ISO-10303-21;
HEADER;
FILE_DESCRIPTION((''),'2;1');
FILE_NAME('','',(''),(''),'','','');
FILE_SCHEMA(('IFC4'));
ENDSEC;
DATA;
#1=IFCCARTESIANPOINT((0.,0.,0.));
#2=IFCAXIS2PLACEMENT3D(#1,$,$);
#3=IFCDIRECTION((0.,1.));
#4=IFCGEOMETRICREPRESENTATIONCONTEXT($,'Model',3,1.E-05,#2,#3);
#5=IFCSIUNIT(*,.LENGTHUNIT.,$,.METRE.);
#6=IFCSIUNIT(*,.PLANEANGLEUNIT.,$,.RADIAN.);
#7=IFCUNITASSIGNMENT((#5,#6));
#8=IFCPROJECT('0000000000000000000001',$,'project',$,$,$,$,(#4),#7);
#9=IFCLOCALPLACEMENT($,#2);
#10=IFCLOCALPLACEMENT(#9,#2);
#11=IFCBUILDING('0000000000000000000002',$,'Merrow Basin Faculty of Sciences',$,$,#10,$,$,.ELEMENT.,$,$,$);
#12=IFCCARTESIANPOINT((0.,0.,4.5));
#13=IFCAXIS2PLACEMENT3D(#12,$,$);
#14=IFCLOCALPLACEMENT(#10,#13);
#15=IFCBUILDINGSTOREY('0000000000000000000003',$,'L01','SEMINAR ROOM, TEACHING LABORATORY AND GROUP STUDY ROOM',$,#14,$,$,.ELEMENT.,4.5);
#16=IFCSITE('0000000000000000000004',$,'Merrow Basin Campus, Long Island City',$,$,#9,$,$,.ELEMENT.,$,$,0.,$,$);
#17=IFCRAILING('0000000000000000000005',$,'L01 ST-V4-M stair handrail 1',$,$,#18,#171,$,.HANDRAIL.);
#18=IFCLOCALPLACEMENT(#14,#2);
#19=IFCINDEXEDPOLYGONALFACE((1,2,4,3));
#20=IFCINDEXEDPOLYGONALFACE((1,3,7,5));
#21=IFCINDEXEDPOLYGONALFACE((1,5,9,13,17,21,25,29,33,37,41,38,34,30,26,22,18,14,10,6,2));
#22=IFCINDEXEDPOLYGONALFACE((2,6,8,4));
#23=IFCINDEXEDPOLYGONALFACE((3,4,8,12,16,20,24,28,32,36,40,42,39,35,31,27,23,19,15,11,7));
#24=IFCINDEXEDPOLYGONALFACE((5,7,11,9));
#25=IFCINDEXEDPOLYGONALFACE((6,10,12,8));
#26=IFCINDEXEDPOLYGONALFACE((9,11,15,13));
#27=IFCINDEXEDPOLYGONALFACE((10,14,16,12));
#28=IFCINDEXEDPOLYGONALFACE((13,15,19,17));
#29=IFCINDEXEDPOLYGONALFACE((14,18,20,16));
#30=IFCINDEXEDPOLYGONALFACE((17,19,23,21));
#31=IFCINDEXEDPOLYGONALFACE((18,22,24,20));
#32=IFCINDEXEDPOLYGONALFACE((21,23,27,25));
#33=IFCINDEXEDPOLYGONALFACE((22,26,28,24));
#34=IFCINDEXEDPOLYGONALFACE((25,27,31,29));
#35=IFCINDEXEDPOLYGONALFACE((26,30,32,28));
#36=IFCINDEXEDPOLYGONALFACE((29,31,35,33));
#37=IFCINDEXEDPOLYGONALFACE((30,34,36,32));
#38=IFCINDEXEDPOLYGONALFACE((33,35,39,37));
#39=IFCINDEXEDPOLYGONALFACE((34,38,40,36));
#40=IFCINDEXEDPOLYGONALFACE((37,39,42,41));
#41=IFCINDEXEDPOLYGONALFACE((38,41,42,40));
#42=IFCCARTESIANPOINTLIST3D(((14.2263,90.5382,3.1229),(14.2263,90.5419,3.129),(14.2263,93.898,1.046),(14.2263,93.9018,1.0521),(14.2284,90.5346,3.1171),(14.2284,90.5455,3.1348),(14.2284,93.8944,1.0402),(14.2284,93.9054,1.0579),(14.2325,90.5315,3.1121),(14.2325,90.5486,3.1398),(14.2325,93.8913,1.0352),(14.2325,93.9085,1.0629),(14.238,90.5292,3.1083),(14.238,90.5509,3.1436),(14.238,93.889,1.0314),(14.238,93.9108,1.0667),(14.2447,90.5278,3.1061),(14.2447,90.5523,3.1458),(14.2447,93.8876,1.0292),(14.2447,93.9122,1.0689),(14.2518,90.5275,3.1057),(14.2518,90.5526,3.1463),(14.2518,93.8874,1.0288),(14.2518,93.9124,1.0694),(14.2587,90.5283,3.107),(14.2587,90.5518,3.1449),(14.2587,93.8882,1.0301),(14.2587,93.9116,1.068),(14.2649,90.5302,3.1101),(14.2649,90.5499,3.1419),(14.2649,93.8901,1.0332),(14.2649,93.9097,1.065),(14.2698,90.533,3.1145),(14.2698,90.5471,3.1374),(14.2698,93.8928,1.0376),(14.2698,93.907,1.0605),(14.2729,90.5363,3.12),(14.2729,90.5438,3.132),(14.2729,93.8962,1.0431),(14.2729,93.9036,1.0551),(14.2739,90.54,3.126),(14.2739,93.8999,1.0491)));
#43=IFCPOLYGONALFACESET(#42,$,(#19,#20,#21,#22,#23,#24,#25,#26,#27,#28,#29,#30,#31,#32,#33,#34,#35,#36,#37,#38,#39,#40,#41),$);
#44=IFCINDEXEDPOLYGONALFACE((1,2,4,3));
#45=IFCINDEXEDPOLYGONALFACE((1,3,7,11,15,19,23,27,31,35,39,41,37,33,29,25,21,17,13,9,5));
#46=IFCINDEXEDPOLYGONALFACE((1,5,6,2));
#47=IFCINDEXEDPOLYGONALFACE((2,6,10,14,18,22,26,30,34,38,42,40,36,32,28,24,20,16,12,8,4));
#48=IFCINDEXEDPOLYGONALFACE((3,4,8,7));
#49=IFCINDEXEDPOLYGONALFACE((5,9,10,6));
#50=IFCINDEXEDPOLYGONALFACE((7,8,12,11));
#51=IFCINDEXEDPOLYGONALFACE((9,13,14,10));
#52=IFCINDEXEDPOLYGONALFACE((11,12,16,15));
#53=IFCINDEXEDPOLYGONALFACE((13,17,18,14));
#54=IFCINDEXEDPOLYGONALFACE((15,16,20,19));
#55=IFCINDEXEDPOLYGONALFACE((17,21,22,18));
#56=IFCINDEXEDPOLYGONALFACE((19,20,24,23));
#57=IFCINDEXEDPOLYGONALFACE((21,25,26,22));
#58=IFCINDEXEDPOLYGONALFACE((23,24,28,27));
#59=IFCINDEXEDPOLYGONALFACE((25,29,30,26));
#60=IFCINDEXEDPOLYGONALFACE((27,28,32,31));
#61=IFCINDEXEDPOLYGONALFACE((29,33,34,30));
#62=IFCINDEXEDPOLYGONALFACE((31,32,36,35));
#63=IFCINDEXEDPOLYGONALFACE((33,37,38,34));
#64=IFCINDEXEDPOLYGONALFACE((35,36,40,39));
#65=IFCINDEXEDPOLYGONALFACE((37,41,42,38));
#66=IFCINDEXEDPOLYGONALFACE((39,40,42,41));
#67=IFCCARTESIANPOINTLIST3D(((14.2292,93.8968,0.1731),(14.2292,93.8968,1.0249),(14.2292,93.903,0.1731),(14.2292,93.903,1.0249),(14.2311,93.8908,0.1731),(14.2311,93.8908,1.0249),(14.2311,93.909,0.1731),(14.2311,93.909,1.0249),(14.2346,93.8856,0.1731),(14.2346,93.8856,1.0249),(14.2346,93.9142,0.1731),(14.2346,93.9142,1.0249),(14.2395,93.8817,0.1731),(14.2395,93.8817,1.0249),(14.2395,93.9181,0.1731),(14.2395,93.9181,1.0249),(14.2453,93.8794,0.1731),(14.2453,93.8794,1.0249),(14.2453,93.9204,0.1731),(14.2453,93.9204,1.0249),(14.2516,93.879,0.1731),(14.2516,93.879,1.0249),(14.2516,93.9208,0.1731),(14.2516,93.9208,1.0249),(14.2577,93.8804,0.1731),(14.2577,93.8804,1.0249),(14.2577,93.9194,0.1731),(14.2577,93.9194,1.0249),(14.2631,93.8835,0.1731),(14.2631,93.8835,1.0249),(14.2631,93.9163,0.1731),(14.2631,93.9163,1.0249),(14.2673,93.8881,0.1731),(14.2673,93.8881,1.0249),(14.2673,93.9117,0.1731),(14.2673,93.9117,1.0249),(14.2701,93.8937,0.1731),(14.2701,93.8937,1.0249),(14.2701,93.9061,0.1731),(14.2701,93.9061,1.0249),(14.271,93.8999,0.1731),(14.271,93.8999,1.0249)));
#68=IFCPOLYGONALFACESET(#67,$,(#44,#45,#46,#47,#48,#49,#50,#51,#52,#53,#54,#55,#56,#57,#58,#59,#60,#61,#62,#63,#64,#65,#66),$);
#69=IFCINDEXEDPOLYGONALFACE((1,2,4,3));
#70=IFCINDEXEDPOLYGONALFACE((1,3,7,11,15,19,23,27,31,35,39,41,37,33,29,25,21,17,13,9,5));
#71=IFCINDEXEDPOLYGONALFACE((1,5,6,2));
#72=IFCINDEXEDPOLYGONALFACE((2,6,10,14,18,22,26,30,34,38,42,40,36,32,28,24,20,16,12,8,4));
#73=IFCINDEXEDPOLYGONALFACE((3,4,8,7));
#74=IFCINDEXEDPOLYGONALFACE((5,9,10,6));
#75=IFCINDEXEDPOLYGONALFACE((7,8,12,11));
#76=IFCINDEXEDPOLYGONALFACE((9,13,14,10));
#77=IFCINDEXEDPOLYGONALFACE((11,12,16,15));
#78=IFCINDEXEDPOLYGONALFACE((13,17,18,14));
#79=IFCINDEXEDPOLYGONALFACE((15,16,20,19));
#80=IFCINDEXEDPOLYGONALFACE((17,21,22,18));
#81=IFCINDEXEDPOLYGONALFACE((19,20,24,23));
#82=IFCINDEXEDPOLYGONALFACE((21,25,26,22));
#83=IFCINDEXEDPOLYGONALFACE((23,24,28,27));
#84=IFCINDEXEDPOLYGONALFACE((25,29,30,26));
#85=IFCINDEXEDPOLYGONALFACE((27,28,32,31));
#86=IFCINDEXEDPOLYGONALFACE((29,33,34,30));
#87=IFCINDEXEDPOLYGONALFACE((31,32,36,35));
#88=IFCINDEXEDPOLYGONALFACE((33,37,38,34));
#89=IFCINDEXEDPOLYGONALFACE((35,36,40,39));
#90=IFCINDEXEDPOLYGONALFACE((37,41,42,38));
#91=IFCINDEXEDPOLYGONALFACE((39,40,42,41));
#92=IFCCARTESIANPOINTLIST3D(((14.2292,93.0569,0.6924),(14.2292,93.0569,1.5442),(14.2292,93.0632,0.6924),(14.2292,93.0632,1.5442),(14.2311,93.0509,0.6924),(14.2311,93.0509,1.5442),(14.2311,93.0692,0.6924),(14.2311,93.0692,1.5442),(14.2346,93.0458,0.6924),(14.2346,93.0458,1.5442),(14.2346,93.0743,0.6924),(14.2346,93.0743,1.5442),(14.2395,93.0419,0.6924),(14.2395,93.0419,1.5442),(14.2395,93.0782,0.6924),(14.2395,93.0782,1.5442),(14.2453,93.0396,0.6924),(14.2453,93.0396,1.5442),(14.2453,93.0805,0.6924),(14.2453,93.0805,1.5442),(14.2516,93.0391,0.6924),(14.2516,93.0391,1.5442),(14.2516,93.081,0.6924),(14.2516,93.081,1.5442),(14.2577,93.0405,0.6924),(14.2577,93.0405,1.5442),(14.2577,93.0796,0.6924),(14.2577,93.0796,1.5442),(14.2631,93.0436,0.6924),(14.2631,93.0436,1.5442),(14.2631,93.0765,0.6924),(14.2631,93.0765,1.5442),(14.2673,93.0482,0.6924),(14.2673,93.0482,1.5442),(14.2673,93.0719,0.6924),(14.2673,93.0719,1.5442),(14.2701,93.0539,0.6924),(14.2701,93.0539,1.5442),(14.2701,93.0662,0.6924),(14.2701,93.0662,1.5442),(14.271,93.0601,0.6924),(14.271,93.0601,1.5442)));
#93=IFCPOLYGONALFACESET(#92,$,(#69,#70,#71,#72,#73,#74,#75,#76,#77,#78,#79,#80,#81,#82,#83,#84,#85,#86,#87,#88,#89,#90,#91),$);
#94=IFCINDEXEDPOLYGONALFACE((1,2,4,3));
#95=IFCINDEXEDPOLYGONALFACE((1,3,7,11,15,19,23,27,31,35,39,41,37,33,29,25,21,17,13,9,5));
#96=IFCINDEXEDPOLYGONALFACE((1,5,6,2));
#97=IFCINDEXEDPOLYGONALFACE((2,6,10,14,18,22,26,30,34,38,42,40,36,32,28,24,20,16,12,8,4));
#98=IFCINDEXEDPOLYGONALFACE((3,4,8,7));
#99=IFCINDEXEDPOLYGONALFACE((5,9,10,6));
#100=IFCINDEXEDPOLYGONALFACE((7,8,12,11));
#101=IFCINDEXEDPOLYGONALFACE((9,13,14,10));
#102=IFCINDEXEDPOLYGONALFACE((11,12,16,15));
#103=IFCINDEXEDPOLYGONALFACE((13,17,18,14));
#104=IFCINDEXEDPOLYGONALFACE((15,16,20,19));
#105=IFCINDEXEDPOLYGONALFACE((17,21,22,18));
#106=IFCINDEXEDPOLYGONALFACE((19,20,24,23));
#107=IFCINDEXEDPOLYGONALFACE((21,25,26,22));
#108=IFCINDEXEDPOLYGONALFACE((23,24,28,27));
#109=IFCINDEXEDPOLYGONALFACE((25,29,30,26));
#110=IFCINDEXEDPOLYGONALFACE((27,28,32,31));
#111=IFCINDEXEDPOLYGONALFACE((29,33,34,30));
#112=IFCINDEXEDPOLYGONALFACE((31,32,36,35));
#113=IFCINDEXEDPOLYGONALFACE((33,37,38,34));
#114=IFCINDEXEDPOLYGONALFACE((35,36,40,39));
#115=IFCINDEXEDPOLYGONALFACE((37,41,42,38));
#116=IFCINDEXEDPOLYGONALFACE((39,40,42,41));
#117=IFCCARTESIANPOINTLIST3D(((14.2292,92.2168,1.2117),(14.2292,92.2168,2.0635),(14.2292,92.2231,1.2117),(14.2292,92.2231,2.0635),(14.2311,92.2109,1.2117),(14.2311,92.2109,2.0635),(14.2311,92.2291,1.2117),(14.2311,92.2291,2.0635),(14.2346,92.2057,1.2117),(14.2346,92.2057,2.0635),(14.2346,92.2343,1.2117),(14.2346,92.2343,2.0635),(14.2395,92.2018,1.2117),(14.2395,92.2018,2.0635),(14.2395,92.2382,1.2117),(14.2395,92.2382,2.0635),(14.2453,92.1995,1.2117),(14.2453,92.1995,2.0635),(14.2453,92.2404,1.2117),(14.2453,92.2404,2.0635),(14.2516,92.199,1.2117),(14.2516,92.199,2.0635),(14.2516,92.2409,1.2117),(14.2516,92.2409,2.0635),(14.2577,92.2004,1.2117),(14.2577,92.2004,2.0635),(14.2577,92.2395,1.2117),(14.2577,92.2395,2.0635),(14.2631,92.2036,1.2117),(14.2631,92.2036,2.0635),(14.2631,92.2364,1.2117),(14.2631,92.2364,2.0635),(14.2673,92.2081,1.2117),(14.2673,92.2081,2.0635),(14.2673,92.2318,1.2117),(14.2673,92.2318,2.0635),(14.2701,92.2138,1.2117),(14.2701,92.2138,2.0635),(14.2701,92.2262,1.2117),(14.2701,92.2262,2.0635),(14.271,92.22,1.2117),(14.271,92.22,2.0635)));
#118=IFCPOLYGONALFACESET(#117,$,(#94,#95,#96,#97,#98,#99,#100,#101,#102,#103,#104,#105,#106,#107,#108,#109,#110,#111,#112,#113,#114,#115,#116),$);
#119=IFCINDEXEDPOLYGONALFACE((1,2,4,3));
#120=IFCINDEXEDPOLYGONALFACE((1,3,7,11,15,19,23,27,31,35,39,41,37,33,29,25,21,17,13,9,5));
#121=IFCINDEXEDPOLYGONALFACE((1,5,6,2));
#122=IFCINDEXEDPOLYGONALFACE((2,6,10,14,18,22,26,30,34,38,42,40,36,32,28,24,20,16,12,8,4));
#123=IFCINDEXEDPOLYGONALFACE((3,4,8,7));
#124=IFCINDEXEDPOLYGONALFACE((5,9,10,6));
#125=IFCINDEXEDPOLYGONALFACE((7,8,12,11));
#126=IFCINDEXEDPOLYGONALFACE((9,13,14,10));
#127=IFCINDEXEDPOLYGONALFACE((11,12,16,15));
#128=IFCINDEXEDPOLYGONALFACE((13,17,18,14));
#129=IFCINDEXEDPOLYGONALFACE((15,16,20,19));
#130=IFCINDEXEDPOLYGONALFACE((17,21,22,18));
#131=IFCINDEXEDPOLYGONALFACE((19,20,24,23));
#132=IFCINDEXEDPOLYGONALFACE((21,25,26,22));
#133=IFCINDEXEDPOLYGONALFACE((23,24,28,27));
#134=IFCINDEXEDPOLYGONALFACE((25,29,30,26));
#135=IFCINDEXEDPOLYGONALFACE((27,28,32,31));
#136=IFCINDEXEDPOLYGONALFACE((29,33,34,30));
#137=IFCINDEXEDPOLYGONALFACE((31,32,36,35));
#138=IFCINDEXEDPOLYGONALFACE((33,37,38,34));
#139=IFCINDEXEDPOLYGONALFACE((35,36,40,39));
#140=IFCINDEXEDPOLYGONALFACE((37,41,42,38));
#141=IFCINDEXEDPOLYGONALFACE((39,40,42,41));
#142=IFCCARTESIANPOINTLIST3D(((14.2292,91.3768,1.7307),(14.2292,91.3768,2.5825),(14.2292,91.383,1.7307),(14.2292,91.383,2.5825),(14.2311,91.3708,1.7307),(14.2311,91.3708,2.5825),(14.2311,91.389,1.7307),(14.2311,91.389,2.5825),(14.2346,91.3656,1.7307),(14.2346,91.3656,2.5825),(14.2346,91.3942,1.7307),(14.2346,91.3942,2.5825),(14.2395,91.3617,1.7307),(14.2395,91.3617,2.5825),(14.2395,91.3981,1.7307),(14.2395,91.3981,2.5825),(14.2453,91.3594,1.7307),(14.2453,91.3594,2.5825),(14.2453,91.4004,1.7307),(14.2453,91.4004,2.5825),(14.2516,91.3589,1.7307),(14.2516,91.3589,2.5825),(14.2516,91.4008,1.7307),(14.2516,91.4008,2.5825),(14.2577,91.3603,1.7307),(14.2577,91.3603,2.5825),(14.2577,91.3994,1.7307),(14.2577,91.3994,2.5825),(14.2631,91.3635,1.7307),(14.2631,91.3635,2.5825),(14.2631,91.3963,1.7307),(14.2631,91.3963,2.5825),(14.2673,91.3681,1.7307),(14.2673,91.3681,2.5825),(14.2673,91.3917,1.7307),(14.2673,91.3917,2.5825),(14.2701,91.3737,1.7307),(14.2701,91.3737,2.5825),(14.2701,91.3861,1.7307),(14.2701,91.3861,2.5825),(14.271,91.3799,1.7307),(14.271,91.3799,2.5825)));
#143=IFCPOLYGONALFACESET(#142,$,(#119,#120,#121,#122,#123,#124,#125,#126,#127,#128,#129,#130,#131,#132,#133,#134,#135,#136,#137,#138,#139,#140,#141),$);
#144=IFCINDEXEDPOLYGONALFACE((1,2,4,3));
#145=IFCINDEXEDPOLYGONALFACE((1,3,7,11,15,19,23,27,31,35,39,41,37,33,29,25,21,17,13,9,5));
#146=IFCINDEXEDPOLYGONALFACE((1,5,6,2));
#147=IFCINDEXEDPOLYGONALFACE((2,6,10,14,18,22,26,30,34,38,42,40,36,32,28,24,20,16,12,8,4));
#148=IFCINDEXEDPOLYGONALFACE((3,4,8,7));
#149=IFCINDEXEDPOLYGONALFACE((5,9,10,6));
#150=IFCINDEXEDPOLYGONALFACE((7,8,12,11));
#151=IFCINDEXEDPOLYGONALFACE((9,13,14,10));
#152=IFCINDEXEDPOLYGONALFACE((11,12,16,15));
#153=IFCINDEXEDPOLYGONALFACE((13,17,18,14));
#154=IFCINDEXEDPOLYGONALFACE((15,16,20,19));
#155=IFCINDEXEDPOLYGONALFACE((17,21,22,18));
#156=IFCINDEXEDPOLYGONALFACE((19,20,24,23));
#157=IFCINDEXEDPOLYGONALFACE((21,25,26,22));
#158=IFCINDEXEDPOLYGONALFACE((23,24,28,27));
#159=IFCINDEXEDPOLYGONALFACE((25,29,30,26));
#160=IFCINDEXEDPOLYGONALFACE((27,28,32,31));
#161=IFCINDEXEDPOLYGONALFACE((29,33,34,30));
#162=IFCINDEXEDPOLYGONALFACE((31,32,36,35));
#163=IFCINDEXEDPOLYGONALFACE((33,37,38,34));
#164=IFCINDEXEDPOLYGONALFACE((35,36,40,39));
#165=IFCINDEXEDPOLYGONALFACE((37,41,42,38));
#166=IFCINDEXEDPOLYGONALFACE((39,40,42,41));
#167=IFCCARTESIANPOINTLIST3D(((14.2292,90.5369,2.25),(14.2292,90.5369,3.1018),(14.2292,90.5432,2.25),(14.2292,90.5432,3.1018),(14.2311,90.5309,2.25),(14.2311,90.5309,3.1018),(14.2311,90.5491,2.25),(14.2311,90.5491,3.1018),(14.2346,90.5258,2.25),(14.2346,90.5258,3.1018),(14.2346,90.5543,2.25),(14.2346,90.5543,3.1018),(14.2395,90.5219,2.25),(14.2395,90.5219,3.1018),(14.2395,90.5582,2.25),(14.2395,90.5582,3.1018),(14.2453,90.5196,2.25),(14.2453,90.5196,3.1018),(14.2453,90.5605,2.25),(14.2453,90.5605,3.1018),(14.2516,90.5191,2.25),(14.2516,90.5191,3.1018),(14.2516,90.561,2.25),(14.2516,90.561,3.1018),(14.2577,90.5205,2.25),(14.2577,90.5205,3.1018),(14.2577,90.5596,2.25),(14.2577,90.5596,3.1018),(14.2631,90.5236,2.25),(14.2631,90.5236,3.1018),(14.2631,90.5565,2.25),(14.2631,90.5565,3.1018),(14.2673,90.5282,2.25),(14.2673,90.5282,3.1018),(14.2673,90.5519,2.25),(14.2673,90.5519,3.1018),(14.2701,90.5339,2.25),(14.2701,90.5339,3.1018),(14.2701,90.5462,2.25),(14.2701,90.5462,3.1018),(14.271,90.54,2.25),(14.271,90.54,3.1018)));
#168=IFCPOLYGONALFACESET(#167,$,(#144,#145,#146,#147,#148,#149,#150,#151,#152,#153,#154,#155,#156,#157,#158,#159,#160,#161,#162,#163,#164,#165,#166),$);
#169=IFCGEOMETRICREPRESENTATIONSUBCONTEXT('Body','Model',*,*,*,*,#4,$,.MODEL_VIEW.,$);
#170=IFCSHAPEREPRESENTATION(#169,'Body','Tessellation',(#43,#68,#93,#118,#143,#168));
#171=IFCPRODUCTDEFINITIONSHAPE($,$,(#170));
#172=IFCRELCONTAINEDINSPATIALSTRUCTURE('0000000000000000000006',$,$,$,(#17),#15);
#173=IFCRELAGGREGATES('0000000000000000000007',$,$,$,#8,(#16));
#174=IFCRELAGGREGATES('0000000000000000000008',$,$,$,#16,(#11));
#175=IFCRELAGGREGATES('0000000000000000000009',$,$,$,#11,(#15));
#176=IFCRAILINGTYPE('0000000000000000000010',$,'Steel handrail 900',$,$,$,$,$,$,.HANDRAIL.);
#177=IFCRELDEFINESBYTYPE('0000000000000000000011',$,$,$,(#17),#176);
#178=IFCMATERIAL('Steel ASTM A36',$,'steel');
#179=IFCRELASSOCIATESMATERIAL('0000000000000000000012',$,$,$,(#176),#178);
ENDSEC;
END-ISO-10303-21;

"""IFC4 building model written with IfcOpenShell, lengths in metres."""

from ifc_helpers import new_model, si_unit, direction, frame, origin, origin_2d, place, context, subcontext, project, spatial, circle, extrude, material, type_object, element, save


model = new_model("IFC4")

# Units and contexts
model_context = context("Model", 3, precision=1e-05, world=origin(), true_north=direction((0.0, 1.0)))
body_context = subcontext(model_context, "Body", "Model", "MODEL_VIEW")
ifc_project = project(units=[si_unit("LENGTHUNIT", "METRE"), si_unit("PLANEANGLEUNIT", "RADIAN")], contexts=[model_context])

# Site, building, storey
site_placement = place(None, origin())
site = spatial("IfcSite", under=ifc_project, at=site_placement, Name="Merrow Basin Campus, Long Island City", CompositionType="ELEMENT", RefElevation=0.0)
building_placement = place(site_placement, origin())
building = spatial("IfcBuilding", under=site, at=building_placement, Name="Merrow Basin Faculty of Sciences", CompositionType="ELEMENT")
storey_placement = place(building_placement, frame((0.0, 0.0, 4.5)))
storey = spatial("IfcBuildingStorey", under=building, at=storey_placement, Name="L01", Description="SEMINAR ROOM, TEACHING LABORATORY AND GROUP STUDY ROOM", CompositionType="ELEMENT", Elevation=4.5)

# Railing
ifc_material_1 = material(Name="Steel ASTM A36", Category="steel")
railing_type_1 = type_object("IfcRailingType", Name="Steel handrail 900", PredefinedType="HANDRAIL", material=ifc_material_1)
railing_1_placement = place(storey_placement, frame((14.25, 93.8999, 0.1731)))
element("IfcRailing", 1, at=railing_1_placement, inside=storey, type_object=railing_type_1, Name="L01 ST-V4-M stair handrail 1", PredefinedType="HANDRAIL", context=body_context, shape_type="SweptSolid", body=[
    extrude(circle(Radius=0.0239, at=origin_2d()), frame((0.0, 0.0, 0.876), z_axis=(0.0, -0.850606, 0.525803), x_axis=(1.0, 0.0, 0.0)), (0.0, 0.0, 1.0), 3.95),
    extrude(circle(Radius=0.021, at=origin_2d()), origin(), (0.0, 0.0, 1.0), 0.8518),
    extrude(circle(Radius=0.021, at=origin_2d()), frame((0.0, -0.8398, 0.5193)), (0.0, 0.0, 1.0), 0.8518),
    extrude(circle(Radius=0.021, at=origin_2d()), frame((0.0, -1.6799, 1.0386)), (0.0, 0.0, 1.0), 0.8518),
    extrude(circle(Radius=0.021, at=origin_2d()), frame((0.0, -2.52, 1.5576)), (0.0, 0.0, 1.0), 0.8518),
    extrude(circle(Radius=0.021, at=origin_2d()), frame((0.0, -3.3599, 2.0769)), (0.0, 0.0, 1.0), 0.8518),
])

save(model, "model.ifc")
